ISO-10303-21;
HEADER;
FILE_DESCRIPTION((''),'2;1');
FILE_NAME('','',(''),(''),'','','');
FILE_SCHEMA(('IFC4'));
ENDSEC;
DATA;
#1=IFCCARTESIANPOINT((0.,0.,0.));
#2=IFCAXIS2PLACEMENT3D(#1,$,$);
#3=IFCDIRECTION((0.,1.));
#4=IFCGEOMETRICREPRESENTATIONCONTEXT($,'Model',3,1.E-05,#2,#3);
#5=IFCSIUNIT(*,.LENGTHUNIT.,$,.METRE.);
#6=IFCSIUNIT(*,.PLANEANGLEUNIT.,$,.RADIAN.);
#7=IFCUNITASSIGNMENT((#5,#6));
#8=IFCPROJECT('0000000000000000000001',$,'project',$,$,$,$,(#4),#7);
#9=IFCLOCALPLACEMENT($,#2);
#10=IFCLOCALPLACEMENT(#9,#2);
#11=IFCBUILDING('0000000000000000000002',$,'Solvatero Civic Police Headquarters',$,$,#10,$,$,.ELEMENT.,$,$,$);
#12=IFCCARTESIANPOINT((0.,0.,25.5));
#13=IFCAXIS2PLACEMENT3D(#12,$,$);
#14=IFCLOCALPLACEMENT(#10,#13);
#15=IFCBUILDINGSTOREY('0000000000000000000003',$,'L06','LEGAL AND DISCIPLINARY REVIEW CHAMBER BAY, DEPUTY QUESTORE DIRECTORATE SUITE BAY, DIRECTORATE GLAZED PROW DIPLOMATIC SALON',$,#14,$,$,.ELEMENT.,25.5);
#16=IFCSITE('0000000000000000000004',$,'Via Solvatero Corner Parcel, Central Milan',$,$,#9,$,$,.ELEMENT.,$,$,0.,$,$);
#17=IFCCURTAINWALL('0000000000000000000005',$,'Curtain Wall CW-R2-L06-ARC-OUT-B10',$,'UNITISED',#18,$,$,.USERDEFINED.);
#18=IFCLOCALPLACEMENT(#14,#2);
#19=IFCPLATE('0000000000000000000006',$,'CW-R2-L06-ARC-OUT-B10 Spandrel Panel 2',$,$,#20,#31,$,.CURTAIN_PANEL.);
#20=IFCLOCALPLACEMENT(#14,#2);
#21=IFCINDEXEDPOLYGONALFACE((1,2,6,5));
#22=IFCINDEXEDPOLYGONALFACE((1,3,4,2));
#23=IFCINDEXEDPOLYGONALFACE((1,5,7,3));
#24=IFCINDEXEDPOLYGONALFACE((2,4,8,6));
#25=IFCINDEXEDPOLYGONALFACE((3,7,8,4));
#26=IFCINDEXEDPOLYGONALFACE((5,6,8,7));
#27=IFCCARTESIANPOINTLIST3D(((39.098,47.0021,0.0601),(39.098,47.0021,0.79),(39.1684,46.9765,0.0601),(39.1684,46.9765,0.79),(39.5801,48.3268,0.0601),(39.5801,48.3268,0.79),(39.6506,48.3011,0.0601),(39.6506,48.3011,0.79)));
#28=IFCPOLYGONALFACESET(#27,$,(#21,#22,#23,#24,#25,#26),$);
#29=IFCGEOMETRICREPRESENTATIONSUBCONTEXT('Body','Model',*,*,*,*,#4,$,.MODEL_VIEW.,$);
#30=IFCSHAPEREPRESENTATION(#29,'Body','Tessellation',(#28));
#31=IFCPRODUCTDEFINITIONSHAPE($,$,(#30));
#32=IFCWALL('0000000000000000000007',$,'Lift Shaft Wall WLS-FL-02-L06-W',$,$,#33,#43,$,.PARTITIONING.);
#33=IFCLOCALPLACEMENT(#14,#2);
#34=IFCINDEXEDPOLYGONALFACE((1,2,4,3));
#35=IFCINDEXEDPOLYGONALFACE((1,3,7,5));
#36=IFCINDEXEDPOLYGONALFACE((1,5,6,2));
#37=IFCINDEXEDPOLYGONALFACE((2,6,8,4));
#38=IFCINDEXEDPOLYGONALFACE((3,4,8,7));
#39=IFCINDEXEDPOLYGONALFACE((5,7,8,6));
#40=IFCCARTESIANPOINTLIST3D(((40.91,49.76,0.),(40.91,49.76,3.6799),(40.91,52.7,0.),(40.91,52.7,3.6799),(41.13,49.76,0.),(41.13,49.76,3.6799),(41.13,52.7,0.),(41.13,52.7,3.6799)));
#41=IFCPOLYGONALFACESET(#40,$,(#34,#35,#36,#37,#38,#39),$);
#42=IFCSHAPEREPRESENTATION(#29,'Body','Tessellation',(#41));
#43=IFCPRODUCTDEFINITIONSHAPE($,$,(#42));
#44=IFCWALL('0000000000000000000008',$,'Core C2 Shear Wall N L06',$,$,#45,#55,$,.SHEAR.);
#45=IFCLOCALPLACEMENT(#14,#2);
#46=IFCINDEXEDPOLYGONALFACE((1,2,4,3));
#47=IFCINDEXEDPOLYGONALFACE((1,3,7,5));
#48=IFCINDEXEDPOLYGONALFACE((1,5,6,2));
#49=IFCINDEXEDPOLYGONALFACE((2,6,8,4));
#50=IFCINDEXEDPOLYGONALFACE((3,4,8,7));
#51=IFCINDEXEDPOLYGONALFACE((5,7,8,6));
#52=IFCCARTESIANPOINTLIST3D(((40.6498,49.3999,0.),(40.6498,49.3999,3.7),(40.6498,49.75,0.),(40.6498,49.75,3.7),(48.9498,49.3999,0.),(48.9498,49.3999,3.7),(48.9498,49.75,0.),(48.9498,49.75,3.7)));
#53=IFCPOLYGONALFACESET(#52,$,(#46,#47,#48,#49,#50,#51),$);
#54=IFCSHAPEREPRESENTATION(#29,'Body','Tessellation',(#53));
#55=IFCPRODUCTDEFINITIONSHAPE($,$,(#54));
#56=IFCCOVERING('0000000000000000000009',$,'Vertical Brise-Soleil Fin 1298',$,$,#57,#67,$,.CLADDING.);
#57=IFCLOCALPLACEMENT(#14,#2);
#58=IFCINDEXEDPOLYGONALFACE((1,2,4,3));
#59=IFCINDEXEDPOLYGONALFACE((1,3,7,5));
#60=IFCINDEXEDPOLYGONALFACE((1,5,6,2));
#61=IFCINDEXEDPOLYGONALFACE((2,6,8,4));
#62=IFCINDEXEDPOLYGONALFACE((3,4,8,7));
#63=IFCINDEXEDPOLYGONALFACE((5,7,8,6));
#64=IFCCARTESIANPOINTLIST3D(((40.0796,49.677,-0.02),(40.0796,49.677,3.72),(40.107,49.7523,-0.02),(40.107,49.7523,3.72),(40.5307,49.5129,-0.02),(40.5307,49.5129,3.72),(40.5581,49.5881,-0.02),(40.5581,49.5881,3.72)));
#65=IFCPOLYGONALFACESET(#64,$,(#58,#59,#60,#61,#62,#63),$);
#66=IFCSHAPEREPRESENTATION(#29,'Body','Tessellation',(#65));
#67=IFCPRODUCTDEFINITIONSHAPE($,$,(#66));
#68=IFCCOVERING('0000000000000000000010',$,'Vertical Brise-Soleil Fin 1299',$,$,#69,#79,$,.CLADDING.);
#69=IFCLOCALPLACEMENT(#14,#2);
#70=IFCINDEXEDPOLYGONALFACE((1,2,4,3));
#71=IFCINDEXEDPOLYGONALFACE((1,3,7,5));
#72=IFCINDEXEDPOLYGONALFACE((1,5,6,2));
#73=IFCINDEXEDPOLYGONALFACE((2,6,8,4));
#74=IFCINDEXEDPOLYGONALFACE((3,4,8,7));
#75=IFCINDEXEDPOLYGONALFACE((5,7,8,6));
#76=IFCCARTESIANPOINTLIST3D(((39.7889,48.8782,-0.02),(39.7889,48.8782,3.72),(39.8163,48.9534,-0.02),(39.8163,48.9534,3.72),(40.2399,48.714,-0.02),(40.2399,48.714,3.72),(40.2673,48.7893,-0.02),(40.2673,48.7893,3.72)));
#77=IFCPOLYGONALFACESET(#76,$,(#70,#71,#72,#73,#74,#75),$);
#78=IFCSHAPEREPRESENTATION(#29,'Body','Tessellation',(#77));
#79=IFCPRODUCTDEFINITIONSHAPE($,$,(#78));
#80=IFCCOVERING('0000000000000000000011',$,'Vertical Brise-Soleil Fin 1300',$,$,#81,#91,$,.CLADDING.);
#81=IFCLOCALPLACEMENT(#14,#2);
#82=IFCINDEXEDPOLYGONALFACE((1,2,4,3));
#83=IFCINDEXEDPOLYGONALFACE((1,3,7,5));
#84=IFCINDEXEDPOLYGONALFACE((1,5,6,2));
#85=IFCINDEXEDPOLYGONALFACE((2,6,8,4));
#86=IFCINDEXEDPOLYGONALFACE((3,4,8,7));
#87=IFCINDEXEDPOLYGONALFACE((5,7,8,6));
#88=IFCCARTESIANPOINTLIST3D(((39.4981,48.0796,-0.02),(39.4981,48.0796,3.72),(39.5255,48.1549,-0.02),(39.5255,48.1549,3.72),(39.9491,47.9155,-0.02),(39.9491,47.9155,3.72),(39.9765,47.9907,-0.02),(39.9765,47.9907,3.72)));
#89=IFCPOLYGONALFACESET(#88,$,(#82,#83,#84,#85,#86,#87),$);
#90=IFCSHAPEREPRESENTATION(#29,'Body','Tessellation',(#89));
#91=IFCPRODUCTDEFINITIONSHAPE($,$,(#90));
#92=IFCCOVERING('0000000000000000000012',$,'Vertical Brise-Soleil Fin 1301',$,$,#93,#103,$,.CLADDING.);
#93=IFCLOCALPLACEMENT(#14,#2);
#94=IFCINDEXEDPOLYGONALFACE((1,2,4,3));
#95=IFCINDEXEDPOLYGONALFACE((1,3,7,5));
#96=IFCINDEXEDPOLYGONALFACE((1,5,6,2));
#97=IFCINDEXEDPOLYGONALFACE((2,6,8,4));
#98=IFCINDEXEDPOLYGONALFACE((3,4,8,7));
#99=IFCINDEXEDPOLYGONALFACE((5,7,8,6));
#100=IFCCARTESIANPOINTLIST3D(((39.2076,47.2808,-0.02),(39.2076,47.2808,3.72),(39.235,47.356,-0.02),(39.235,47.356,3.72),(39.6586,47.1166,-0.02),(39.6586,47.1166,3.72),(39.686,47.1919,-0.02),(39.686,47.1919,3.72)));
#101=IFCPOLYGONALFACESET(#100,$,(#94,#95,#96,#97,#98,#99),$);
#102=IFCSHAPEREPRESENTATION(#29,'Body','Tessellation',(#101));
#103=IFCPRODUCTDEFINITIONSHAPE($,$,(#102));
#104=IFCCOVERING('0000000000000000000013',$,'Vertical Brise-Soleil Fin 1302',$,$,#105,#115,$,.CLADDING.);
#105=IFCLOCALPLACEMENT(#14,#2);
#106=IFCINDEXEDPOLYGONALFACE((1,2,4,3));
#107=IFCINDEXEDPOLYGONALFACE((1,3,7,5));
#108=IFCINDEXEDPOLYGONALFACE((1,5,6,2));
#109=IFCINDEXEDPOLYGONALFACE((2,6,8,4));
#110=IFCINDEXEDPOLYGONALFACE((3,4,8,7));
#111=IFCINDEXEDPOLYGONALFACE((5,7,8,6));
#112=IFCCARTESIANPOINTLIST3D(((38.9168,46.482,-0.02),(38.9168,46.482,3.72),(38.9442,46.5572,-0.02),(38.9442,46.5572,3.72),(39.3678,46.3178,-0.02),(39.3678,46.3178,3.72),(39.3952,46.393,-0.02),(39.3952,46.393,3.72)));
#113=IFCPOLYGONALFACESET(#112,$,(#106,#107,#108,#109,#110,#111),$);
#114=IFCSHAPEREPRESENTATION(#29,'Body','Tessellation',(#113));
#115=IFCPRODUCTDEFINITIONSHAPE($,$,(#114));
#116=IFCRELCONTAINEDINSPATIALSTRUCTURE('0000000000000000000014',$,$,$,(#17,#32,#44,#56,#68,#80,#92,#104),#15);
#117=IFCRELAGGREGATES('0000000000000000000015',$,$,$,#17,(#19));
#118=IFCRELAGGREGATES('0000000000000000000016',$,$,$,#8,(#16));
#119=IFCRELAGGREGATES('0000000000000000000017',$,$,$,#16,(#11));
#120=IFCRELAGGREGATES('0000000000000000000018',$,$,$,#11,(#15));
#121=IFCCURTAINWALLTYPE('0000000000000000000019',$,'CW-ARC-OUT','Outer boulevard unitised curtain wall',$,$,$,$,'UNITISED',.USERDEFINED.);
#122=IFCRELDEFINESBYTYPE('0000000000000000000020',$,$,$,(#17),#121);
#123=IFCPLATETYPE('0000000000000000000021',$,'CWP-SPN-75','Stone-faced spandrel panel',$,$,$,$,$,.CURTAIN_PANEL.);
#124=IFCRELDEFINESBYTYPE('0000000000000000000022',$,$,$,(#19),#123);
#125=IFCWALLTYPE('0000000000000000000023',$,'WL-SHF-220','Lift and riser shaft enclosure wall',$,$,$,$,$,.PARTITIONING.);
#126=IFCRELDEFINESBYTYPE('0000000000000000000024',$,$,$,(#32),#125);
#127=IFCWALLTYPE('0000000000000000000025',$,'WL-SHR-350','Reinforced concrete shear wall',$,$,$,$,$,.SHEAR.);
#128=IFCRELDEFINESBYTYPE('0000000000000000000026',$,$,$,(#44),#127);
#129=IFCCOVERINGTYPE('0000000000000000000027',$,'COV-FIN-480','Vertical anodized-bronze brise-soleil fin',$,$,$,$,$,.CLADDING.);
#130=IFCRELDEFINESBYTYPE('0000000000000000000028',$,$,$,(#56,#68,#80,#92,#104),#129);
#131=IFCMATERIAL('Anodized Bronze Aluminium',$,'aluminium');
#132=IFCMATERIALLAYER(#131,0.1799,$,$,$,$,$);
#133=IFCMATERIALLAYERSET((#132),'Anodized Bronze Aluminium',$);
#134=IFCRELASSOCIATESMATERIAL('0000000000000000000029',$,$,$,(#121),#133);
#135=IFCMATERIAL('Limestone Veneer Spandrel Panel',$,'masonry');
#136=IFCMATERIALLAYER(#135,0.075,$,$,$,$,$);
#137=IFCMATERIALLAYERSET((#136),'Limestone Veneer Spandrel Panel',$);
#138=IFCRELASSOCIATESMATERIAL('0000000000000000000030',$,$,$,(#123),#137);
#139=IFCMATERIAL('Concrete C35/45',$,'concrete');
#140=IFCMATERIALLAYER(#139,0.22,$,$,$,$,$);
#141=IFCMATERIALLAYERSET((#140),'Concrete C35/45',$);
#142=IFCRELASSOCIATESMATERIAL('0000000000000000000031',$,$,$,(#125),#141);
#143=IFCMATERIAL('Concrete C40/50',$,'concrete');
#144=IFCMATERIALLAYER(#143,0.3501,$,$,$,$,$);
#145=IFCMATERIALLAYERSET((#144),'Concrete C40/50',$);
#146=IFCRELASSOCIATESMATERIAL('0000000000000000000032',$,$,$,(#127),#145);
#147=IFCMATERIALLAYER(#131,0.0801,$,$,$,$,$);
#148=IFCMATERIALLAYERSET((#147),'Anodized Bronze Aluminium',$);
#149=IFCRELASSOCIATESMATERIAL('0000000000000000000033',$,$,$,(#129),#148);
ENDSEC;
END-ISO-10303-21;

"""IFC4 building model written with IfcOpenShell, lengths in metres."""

from ifc_helpers import new_model, si_unit, direction, frame, frame_2d, origin, origin_2d, place, context, subcontext, project, spatial, rectangle, extrude, material, layer, layer_set, type_object, element, aggregate, save


model = new_model("IFC4")

# Units and contexts
model_context = context("Model", 3, precision=1e-05, world=origin(), true_north=direction((0.0, 1.0)))
body_context = subcontext(model_context, "Body", "Model", "MODEL_VIEW")
ifc_project = project(units=[si_unit("LENGTHUNIT", "METRE"), si_unit("PLANEANGLEUNIT", "RADIAN")], contexts=[model_context])

# Site, building, storey
site_placement = place(None, origin())
site = spatial("IfcSite", under=ifc_project, at=site_placement, Name="Via Solvatero Corner Parcel, Central Milan", CompositionType="ELEMENT", RefElevation=0.0)
building_placement = place(site_placement, origin())
building = spatial("IfcBuilding", under=site, at=building_placement, Name="Solvatero Civic Police Headquarters", CompositionType="ELEMENT")
storey_placement = place(building_placement, frame((0.0, 0.0, 25.5)))
storey = spatial("IfcBuildingStorey", under=building, at=storey_placement, Name="L06", Description="LEGAL AND DISCIPLINARY REVIEW CHAMBER BAY, DEPUTY QUESTORE DIRECTORATE SUITE BAY, DIRECTORATE GLAZED PROW DIPLOMATIC SALON", CompositionType="ELEMENT", Elevation=25.5)

# Curtain wall
ifc_material_1 = material(Name="Anodized Bronze Aluminium", Category="aluminium")
ifc_layer_1 = layer(ifc_material_1, 0.1799)
ifc_layer_set_1 = layer_set([ifc_layer_1], Name="Anodized Bronze Aluminium")
curtain_wall_type = type_object("IfcCurtainWallType", Name="CW-ARC-OUT", Description="Outer boulevard unitised curtain wall", ElementType="UNITISED", PredefinedType="USERDEFINED", material=ifc_layer_set_1)
curtain_wall_1_placement = place(storey_placement, origin())
curtain_wall_1 = element("IfcCurtainWall", 1, at=curtain_wall_1_placement, inside=storey, type_object=curtain_wall_type, Name="Curtain Wall CW-R2-L06-ARC-OUT-B10", ObjectType="UNITISED", PredefinedType="USERDEFINED")

# Plate
ifc_material_2 = material(Name="Limestone Veneer Spandrel Panel", Category="masonry")
ifc_layer_2 = layer(ifc_material_2, 0.075)
ifc_layer_set_2 = layer_set([ifc_layer_2], Name="Limestone Veneer Spandrel Panel")
plate_type_1 = type_object("IfcPlateType", Name="CWP-SPN-75", Description="Stone-faced spandrel panel", PredefinedType="CURTAIN_PANEL", material=ifc_layer_set_2)
plate_1_placement = place(storey_placement, frame((39.3743, 47.6516, 0.0601), z_axis=(0.0, 0.0, 1.0), x_axis=(-0.34202, -0.939693, 0.0)))
plate_1 = element("IfcPlate", 2, at=plate_1_placement, type_object=plate_type_1, Name="CW-R2-L06-ARC-OUT-B10 Spandrel Panel 2", PredefinedType="CURTAIN_PANEL", context=body_context, shape_type="SweptSolid", body=[
    extrude(rectangle(XDim=1.4097, YDim=0.075, at=origin_2d()), origin(), (0.0, 0.0, 1.0), 0.73),
])
aggregate(curtain_wall_1, [plate_1])

# Walls
ifc_material_3 = material(Name="Concrete C35/45", Category="concrete")
ifc_layer_3 = layer(ifc_material_3, 0.22)
ifc_layer_set_3 = layer_set([ifc_layer_3], Name="Concrete C35/45")
wall_type_1 = type_object("IfcWallType", Name="WL-SHF-220", Description="Lift and riser shaft enclosure wall", PredefinedType="PARTITIONING", material=ifc_layer_set_3)
wall_1_placement = place(storey_placement, frame((41.02, 49.76, 0.0), z_axis=(0.0, 0.0, 1.0), x_axis=(0.0, 1.0, 0.0)))
element("IfcWall", 3, at=wall_1_placement, inside=storey, type_object=wall_type_1, Name="Lift Shaft Wall WLS-FL-02-L06-W", PredefinedType="PARTITIONING", context=body_context, shape_type="SweptSolid", body=[
    extrude(rectangle(XDim=2.9399, YDim=0.22, at=frame_2d((1.47, 0.0))), origin(), (0.0, 0.0, 1.0), 3.6799),
])
ifc_material_4 = material(Name="Concrete C40/50", Category="concrete")
ifc_layer_4 = layer(ifc_material_4, 0.3501)
ifc_layer_set_4 = layer_set([ifc_layer_4], Name="Concrete C40/50")
wall_type_2 = type_object("IfcWallType", Name="WL-SHR-350", Description="Reinforced concrete shear wall", PredefinedType="SHEAR", material=ifc_layer_set_4)
wall_2_placement = place(storey_placement, frame((40.6499, 49.575, 0.0), z_axis=(0.0, 0.0, 1.0), x_axis=(1.0, 0.0, 0.0)))
element("IfcWall", 4, at=wall_2_placement, inside=storey, type_object=wall_type_2, Name="Core C2 Shear Wall N L06", PredefinedType="SHEAR", context=body_context, shape_type="SweptSolid", body=[
    extrude(rectangle(XDim=8.3, YDim=0.3501, at=frame_2d((4.1499, 0.0))), origin(), (0.0, 0.0, 1.0), 3.7),
])

# Coverings
ifc_layer_5 = layer(ifc_material_1, 0.0801)
ifc_layer_set_5 = layer_set([ifc_layer_5], Name="Anodized Bronze Aluminium")
covering_type = type_object("IfcCoveringType", Name="COV-FIN-480", Description="Vertical anodized-bronze brise-soleil fin", PredefinedType="CLADDING", material=ifc_layer_set_5)
for number, where, z_axis, x_axis, name in (
    (5, (40.3188, 49.6326, -0.02), (0.0, 0.0, 1.0), (-0.34202, -0.939693, 0.0), "Vertical Brise-Soleil Fin 1298"),
    (6, (40.0281, 48.8337, -0.02), (0.0, 0.0, 1.0), (-0.34202, -0.939693, 0.0), "Vertical Brise-Soleil Fin 1299"),
    (7, (39.7373, 48.0352, -0.02), (0.0, 0.0, 1.0), (-0.34202, -0.939693, 0.0), "Vertical Brise-Soleil Fin 1300"),
    (8, (39.4468, 47.2363, -0.02), (0.0, 0.0, 1.0), (-0.34202, -0.939693, 0.0), "Vertical Brise-Soleil Fin 1301"),
    (9, (39.156, 46.4375, -0.02), (0.0, 0.0, 1.0), (-0.34202, -0.939693, 0.0), "Vertical Brise-Soleil Fin 1302"),
):
    element("IfcCovering", number, at=place(storey_placement, frame(where, z_axis=z_axis, x_axis=x_axis)), inside=storey, type_object=covering_type, Name=name, PredefinedType="CLADDING", context=body_context, shape_type="SweptSolid", body=[
        extrude(rectangle(XDim=0.0801, YDim=0.48, at=origin_2d()), origin(), (0.0, 0.0, 1.0), 3.74),
    ])

save(model, "model.ifc")
